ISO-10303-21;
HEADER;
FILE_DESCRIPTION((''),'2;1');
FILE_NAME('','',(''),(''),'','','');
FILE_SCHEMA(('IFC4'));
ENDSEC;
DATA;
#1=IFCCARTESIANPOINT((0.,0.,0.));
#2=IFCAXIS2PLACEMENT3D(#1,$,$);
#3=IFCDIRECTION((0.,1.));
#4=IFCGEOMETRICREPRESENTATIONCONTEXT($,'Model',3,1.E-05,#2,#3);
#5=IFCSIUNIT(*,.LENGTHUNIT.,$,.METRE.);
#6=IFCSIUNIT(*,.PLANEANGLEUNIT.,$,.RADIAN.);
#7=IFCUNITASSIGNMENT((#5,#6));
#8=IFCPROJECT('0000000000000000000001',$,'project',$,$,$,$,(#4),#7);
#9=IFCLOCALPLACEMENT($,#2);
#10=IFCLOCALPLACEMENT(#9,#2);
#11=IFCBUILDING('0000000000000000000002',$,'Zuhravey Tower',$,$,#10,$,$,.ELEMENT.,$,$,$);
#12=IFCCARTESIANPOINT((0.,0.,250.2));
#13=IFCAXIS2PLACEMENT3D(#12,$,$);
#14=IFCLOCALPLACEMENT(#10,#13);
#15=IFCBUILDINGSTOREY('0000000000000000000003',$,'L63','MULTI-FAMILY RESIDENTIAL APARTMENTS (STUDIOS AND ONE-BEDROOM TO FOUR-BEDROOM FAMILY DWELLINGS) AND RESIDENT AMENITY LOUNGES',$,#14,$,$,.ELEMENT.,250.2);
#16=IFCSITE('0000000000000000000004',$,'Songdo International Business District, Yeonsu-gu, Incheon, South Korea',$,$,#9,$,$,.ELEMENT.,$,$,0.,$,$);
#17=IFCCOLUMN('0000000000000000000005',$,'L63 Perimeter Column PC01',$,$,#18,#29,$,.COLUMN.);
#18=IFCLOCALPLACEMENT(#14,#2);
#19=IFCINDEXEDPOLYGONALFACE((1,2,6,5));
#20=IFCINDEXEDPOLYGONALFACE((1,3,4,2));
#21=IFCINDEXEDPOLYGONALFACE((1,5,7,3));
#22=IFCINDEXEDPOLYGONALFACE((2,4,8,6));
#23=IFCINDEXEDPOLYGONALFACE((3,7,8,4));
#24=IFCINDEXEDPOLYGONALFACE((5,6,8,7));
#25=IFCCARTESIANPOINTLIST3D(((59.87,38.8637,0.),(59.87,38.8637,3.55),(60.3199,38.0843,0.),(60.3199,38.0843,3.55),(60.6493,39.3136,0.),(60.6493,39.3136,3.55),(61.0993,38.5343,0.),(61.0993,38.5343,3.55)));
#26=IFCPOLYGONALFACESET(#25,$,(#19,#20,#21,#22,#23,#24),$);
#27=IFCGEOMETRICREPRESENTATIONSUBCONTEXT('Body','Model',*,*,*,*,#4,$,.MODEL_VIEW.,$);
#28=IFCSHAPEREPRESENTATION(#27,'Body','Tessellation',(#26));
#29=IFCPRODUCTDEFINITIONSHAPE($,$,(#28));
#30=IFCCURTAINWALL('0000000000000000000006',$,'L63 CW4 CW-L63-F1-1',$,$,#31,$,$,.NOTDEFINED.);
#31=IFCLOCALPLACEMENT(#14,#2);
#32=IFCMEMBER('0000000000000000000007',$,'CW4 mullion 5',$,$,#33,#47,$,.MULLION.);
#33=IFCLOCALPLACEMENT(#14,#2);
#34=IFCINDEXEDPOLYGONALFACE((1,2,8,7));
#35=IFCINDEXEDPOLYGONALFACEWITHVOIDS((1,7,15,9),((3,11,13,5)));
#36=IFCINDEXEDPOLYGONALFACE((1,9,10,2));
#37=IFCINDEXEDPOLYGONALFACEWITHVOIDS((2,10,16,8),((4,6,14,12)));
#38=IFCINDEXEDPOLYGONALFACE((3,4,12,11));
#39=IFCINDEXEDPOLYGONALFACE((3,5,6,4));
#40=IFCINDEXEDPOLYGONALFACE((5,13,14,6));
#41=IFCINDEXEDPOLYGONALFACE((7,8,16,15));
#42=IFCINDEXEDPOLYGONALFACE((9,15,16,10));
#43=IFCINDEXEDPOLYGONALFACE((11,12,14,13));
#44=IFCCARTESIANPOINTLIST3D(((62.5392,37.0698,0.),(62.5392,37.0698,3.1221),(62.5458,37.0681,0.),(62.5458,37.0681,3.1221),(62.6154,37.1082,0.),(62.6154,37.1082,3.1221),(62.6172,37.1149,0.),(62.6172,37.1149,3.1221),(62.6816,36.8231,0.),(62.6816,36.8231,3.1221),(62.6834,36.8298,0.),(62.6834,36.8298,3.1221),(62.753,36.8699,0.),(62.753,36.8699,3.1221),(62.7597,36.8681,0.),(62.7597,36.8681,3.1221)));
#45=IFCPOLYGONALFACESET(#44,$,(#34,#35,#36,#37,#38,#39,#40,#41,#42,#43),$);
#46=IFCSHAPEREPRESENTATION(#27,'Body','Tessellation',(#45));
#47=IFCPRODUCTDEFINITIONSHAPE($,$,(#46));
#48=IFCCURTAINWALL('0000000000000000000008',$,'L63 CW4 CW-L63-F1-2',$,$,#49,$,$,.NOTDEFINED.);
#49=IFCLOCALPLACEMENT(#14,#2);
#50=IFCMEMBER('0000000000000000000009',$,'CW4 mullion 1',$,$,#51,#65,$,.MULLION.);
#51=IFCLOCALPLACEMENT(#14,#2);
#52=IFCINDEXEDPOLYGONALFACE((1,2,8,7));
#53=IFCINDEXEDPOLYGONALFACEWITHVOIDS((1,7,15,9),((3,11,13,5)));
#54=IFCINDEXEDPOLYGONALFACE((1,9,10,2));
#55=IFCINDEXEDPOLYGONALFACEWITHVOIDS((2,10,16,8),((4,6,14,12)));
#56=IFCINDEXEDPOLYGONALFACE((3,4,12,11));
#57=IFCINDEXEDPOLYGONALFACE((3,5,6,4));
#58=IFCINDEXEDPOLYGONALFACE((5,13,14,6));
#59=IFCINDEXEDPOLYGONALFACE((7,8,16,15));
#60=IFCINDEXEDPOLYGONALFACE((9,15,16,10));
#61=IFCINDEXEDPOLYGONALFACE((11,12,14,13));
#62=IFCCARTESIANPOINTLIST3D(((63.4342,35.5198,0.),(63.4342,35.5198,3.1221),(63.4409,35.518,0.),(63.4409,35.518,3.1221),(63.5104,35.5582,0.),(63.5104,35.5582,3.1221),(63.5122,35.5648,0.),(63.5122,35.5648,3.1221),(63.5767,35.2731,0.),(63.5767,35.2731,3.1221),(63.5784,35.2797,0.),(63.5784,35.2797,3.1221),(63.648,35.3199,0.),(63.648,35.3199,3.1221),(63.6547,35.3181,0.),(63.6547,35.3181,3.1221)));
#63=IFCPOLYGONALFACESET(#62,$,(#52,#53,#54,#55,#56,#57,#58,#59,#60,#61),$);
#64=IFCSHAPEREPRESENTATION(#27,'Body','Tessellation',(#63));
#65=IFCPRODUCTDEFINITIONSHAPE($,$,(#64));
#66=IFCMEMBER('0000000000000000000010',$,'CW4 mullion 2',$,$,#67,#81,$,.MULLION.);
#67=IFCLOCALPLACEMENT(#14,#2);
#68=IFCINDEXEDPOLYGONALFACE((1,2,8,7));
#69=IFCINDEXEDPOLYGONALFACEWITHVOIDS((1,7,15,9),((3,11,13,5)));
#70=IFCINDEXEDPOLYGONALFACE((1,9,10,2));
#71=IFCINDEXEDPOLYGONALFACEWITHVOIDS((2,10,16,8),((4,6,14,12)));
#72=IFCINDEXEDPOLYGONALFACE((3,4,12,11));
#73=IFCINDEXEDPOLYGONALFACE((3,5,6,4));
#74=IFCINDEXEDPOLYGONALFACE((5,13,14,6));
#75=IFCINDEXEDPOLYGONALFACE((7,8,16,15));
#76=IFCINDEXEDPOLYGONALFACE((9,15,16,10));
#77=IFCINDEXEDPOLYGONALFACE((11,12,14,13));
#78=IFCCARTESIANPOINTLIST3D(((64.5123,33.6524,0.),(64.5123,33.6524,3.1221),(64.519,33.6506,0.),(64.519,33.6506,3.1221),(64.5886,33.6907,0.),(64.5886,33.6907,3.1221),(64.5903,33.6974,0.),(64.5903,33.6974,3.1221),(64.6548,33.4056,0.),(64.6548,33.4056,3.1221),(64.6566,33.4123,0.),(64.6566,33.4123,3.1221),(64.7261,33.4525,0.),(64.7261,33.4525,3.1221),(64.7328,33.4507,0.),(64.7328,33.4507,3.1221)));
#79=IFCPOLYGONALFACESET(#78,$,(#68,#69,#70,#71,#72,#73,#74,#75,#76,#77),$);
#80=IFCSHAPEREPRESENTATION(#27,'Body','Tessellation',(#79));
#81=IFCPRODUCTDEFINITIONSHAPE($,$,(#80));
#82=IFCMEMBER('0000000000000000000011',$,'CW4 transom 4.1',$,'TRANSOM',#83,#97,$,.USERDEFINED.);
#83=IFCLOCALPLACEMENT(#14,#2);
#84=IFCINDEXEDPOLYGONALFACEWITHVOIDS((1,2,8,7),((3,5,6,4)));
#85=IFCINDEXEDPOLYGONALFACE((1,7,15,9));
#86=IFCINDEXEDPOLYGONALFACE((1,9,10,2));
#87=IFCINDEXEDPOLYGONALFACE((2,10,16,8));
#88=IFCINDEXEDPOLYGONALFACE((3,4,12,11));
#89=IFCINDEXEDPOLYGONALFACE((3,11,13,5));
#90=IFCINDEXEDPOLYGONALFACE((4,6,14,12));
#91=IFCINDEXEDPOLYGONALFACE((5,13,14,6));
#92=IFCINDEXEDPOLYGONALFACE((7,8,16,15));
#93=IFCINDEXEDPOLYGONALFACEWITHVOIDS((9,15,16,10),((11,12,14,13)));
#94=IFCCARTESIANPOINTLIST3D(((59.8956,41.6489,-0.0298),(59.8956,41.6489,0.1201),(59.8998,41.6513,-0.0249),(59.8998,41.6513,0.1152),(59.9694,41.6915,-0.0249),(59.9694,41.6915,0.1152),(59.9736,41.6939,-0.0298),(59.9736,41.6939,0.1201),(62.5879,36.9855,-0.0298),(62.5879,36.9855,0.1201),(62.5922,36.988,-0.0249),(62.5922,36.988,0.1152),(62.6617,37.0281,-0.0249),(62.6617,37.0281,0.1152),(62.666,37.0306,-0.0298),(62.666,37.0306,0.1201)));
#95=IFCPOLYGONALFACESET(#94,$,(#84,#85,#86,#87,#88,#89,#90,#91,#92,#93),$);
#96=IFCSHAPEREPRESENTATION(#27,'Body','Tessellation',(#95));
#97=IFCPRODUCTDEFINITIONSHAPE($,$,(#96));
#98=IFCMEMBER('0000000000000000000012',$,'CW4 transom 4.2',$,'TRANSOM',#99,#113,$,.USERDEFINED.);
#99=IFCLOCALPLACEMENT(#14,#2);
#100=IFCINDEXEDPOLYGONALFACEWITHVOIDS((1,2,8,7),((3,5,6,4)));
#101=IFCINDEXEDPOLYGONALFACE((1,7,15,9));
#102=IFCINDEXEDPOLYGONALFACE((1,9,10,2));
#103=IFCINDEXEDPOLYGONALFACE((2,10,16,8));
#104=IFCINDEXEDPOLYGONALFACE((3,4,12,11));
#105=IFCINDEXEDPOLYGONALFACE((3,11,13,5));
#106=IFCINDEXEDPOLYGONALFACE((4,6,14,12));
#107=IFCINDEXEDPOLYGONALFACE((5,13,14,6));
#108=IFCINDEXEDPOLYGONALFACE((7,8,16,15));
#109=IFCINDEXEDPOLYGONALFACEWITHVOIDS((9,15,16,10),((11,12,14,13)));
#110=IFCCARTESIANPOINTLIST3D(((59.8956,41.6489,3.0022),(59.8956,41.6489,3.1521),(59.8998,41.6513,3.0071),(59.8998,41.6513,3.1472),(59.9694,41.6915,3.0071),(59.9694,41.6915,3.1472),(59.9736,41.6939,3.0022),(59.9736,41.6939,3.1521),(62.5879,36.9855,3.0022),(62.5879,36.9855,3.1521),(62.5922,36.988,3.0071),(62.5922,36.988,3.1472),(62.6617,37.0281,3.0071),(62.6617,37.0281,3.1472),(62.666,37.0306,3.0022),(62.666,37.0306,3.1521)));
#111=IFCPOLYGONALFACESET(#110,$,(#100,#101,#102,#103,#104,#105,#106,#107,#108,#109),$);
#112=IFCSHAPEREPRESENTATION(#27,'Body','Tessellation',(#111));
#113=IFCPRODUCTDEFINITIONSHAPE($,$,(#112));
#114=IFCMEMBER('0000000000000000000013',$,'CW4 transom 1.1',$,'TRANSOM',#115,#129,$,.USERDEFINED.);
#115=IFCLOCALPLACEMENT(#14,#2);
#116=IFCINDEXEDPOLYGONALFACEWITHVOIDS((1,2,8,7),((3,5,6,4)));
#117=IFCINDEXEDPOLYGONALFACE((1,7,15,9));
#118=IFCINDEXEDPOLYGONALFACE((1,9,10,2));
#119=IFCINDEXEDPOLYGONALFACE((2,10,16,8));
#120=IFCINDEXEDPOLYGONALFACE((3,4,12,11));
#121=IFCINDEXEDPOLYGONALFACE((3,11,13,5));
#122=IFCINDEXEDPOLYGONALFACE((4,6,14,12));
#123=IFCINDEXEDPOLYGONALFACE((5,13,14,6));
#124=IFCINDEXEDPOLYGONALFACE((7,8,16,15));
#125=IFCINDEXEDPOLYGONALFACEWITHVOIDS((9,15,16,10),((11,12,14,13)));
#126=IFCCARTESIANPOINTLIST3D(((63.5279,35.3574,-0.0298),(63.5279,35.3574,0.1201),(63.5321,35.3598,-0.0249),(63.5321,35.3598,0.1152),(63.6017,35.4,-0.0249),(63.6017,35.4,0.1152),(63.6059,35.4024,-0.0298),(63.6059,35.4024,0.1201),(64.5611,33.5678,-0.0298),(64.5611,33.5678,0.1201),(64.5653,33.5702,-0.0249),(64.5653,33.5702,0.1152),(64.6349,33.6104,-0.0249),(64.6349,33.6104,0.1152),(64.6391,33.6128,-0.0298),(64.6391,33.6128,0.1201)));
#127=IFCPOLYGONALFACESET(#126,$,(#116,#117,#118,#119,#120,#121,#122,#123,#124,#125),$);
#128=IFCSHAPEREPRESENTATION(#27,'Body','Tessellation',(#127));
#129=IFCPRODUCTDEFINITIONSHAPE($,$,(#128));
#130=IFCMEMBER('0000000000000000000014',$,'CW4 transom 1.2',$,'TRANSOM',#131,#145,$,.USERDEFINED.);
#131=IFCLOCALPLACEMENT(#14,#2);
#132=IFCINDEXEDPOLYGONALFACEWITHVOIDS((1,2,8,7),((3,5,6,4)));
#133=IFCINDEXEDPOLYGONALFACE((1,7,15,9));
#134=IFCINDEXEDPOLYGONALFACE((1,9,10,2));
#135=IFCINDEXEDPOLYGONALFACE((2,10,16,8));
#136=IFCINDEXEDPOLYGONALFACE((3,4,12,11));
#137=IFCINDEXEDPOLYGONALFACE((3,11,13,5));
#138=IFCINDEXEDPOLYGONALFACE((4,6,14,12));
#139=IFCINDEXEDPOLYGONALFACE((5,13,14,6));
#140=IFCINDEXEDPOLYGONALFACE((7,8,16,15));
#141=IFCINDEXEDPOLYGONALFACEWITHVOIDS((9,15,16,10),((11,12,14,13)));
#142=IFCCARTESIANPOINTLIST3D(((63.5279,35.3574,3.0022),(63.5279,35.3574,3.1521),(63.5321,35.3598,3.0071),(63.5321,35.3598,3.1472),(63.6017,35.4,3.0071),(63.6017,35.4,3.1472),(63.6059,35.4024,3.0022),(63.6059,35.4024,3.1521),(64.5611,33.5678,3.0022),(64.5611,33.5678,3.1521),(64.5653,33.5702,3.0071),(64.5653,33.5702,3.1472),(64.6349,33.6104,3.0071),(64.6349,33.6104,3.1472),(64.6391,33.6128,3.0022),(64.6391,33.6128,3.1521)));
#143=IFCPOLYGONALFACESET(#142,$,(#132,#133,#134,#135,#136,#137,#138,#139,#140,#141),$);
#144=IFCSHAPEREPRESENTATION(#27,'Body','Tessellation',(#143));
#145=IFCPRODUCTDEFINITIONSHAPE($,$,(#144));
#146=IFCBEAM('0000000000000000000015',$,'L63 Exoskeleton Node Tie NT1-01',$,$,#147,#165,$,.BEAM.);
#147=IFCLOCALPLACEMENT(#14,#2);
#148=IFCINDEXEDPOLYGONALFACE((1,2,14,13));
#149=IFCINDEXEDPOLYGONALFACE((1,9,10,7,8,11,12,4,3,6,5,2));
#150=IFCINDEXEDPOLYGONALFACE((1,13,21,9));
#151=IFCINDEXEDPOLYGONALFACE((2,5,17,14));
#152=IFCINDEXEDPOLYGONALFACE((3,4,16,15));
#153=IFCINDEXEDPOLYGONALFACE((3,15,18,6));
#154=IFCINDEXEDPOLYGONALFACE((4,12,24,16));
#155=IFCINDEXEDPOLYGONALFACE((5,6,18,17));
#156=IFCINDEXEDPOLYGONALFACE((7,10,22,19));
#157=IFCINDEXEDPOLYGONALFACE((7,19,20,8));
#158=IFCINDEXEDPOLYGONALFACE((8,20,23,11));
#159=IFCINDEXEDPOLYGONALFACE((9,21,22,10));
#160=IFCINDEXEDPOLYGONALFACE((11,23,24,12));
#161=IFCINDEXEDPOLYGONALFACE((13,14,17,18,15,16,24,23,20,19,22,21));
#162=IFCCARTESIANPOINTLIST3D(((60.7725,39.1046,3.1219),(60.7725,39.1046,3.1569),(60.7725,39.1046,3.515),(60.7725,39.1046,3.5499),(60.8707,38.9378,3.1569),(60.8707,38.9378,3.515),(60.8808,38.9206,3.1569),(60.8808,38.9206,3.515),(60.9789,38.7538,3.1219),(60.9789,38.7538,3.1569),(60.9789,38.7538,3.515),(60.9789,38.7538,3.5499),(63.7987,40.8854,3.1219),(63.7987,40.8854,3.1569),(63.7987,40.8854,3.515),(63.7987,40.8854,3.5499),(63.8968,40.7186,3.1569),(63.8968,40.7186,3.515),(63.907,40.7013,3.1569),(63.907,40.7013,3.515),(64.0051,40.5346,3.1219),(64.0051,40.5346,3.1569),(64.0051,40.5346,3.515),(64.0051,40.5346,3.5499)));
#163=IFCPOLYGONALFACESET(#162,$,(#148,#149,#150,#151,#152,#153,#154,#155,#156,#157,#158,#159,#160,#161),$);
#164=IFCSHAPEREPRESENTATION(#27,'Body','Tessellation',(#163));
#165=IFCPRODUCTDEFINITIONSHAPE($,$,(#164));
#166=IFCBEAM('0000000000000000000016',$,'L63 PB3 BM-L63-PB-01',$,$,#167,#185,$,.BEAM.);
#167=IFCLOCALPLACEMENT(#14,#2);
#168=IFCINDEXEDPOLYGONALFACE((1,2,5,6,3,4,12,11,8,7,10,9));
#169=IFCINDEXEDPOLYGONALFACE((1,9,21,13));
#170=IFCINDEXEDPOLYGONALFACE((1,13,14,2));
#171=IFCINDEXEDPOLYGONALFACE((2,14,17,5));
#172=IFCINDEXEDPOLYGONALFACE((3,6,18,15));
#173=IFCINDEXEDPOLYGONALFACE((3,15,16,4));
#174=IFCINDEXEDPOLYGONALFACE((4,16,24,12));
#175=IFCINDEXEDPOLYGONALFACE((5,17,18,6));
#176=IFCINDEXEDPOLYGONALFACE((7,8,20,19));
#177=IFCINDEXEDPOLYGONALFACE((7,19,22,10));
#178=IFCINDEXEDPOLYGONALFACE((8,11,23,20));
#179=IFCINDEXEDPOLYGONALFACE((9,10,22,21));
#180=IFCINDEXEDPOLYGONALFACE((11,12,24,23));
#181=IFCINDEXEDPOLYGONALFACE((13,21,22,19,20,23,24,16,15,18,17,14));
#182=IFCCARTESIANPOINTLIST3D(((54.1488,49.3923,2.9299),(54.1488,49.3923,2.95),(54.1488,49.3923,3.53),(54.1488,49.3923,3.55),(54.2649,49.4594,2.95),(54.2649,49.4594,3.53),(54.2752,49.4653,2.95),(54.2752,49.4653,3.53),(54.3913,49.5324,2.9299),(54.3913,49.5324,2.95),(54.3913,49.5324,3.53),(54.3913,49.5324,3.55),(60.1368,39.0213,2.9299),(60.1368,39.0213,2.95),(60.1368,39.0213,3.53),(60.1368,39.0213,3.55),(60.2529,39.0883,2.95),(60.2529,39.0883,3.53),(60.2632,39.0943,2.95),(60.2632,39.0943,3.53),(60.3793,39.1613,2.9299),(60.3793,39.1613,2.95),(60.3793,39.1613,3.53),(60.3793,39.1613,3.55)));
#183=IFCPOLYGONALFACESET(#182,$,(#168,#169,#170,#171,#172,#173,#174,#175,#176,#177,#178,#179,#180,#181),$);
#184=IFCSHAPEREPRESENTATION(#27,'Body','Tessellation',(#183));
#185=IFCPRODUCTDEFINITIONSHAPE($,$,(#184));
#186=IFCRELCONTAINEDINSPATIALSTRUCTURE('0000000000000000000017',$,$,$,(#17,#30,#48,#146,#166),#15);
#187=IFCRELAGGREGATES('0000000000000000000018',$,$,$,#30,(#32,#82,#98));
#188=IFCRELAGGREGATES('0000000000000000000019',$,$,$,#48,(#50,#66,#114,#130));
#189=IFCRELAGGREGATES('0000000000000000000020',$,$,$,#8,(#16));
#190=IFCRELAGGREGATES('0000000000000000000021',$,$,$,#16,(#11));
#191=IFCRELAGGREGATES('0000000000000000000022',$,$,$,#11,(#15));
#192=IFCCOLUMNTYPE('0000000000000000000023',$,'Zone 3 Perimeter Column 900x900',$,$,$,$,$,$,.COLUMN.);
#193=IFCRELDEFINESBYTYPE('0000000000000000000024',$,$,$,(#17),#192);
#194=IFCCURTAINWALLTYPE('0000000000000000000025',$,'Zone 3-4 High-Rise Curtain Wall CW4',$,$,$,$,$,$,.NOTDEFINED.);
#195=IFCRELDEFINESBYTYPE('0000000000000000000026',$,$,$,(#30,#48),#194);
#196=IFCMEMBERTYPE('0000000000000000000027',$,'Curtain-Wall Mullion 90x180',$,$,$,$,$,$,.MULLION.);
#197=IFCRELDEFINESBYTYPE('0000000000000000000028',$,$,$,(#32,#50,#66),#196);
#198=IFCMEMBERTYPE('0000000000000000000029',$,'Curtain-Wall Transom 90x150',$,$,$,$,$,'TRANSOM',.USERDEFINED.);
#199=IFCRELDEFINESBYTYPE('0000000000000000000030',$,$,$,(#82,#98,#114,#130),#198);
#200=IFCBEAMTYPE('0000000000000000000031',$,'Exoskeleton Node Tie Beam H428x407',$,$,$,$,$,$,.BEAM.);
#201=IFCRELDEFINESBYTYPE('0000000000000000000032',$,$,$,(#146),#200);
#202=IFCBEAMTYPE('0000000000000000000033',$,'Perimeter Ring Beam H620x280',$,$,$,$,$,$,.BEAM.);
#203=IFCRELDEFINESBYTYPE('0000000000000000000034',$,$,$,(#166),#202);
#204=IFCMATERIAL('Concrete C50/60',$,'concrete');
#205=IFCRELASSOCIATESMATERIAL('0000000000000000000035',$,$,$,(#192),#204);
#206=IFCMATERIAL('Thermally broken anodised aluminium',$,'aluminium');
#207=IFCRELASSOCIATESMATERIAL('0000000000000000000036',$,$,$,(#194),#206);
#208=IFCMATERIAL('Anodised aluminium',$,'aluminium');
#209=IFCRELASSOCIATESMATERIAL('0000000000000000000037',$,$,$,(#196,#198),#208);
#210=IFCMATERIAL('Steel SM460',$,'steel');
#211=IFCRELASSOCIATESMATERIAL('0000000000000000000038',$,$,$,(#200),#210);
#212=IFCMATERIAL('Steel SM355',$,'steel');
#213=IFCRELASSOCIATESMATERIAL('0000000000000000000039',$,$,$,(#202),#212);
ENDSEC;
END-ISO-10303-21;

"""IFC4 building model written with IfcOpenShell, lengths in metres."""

from ifc_helpers import new_model, si_unit, direction, frame, origin, origin_2d, place, context, subcontext, project, spatial, rectangle, hollow_rectangle, i_section, extrude, material, material_profile, profile_set, type_object, element, aggregate, save


model = new_model("IFC4")

# Units and contexts
model_context = context("Model", 3, precision=1e-05, world=origin(), true_north=direction((0.0, 1.0)))
body_context = subcontext(model_context, "Body", "Model", "MODEL_VIEW")
ifc_project = project(units=[si_unit("LENGTHUNIT", "METRE"), si_unit("PLANEANGLEUNIT", "RADIAN")], contexts=[model_context])

# Site, building, storey
site_placement = place(None, origin())
site = spatial("IfcSite", under=ifc_project, at=site_placement, Name="Songdo International Business District, Yeonsu-gu, Incheon, South Korea", CompositionType="ELEMENT", RefElevation=0.0)
building_placement = place(site_placement, origin())
building = spatial("IfcBuilding", under=site, at=building_placement, Name="Zuhravey Tower", CompositionType="ELEMENT")
storey_placement = place(building_placement, frame((0.0, 0.0, 250.2)))
storey = spatial("IfcBuildingStorey", under=building, at=storey_placement, Name="L63", Description="MULTI-FAMILY RESIDENTIAL APARTMENTS (STUDIOS AND ONE-BEDROOM TO FOUR-BEDROOM FAMILY DWELLINGS) AND RESIDENT AMENITY LOUNGES", CompositionType="ELEMENT", Elevation=250.2)

# Column
ifc_material_1 = material(Name="Concrete C50/60", Category="concrete")
ifc_material_profile_1 = material_profile(ifc_material_1, rectangle(XDim=0.8999, YDim=0.8999, at=origin_2d()), Name="RC-900x900")
ifc_profile_set_1 = profile_set([ifc_material_profile_1], Name="Concrete C50/60")
column_type = type_object("IfcColumnType", Name="Zone 3 Perimeter Column 900x900", PredefinedType="COLUMN", material=ifc_profile_set_1)
column_placement = place(storey_placement, frame((60.4846, 38.699, 0.0), z_axis=(0.0, 0.0, 1.0), x_axis=(-0.5, 0.866025, 0.0)))
element("IfcColumn", 1, at=column_placement, inside=storey, type_object=column_type, Name="L63 Perimeter Column PC01", PredefinedType="COLUMN", context=body_context, shape_type="SweptSolid", body=[
    extrude(rectangle(XDim=0.8999, YDim=0.8999, at=origin_2d()), origin(), (0.0, 0.0, 1.0), 3.55),
])

# Curtain wall, member
ifc_material_2 = material(Name="Thermally broken anodised aluminium", Category="aluminium")
curtain_wall_type = type_object("IfcCurtainWallType", Name="Zone 3-4 High-Rise Curtain Wall CW4", PredefinedType="NOTDEFINED", material=ifc_material_2)
curtain_wall_1_placement = place(storey_placement, origin())
curtain_wall_1 = element("IfcCurtainWall", 2, at=curtain_wall_1_placement, inside=storey, type_object=curtain_wall_type, Name="L63 CW4 CW-L63-F1-1", PredefinedType="NOTDEFINED")
ifc_material_3 = material(Name="Anodised aluminium", Category="aluminium")
ifc_material_profile_2 = material_profile(ifc_material_3, hollow_rectangle(XDim=0.0901, YDim=0.2849, WallThickness=0.0049, at=origin_2d()), Name="ALU-RHS-90x285x5")
ifc_profile_set_2 = profile_set([ifc_material_profile_2], Name="Anodised aluminium")
member_type_1 = type_object("IfcMemberType", Name="Curtain-Wall Mullion 90x180", PredefinedType="MULLION", material=ifc_profile_set_2)
member_1_placement = place(storey_placement, frame((62.6494, 36.969, 0.0), z_axis=(0.0, 0.0, 1.0), x_axis=(0.866026, 0.5, 0.0)))
member_1 = element("IfcMember", 3, at=member_1_placement, type_object=member_type_1, Name="CW4 mullion 5", PredefinedType="MULLION", context=body_context, shape_type="SweptSolid", body=[
    extrude(hollow_rectangle(XDim=0.0901, YDim=0.2849, WallThickness=0.0049, at=origin_2d()), origin(), (0.0, 0.0, 1.0), 3.1221),
])

# Curtain wall, members
curtain_wall_2_placement = place(storey_placement, origin())
curtain_wall_2 = element("IfcCurtainWall", 4, at=curtain_wall_2_placement, inside=storey, type_object=curtain_wall_type, Name="L63 CW4 CW-L63-F1-2", PredefinedType="NOTDEFINED")
member_2_placement = place(storey_placement, frame((63.5444, 35.4189, 0.0), z_axis=(0.0, 0.0, 1.0), x_axis=(0.866021, 0.500008, 0.0)))
member_2 = element("IfcMember", 5, at=member_2_placement, type_object=member_type_1, Name="CW4 mullion 1", PredefinedType="MULLION", context=body_context, shape_type="SweptSolid", body=[
    extrude(hollow_rectangle(XDim=0.0901, YDim=0.2849, WallThickness=0.0049, at=origin_2d()), origin(), (0.0, 0.0, 1.0), 3.1221),
])
member_3_placement = place(storey_placement, frame((64.6226, 33.5515, 0.0), z_axis=(0.0, 0.0, 1.0), x_axis=(0.866021, 0.500008, 0.0)))
member_3 = element("IfcMember", 6, at=member_3_placement, type_object=member_type_1, Name="CW4 mullion 2", PredefinedType="MULLION", context=body_context, shape_type="SweptSolid", body=[
    extrude(hollow_rectangle(XDim=0.0901, YDim=0.2849, WallThickness=0.0049, at=origin_2d()), origin(), (0.0, 0.0, 1.0), 3.1221),
])

# Members
ifc_material_profile_3 = material_profile(ifc_material_3, hollow_rectangle(XDim=0.0901, YDim=0.1499, WallThickness=0.0049, at=origin_2d()), Name="ALU-RHS-90x150x5")
ifc_profile_set_3 = profile_set([ifc_material_profile_3], Name="Anodised aluminium")
member_type_2 = type_object("IfcMemberType", Name="Curtain-Wall Transom 90x150", ElementType="TRANSOM", PredefinedType="USERDEFINED", material=ifc_profile_set_3)
member_4_placement = place(storey_placement, frame((59.9346, 41.6714, 0.0452), z_axis=(0.500001, -0.866025, 0.0), x_axis=(0.866025, 0.500001, 0.0)))
member_4 = element("IfcMember", 7, at=member_4_placement, type_object=member_type_2, Name="CW4 transom 4.1", ObjectType="TRANSOM", PredefinedType="USERDEFINED", context=body_context, shape_type="SweptSolid", body=[
    extrude(hollow_rectangle(XDim=0.0901, YDim=0.1499, WallThickness=0.0049, at=origin_2d()), origin(), (0.0, 0.0, 1.0), 5.3848),
])
member_5_placement = place(storey_placement, frame((59.9346, 41.6714, 3.0771), z_axis=(0.500001, -0.866025, 0.0), x_axis=(0.866025, 0.500001, 0.0)))
member_5 = element("IfcMember", 8, at=member_5_placement, type_object=member_type_2, Name="CW4 transom 4.2", ObjectType="TRANSOM", PredefinedType="USERDEFINED", context=body_context, shape_type="SweptSolid", body=[
    extrude(hollow_rectangle(XDim=0.0901, YDim=0.1499, WallThickness=0.0049, at=origin_2d()), origin(), (0.0, 0.0, 1.0), 5.3848),
])
member_6_placement = place(storey_placement, frame((63.5669, 35.3799, 0.0452), z_axis=(0.500002, -0.866024, 0.0), x_axis=(0.866024, 0.500002, 0.0)))
member_6 = element("IfcMember", 9, at=member_6_placement, type_object=member_type_2, Name="CW4 transom 1.1", ObjectType="TRANSOM", PredefinedType="USERDEFINED", context=body_context, shape_type="SweptSolid", body=[
    extrude(hollow_rectangle(XDim=0.0901, YDim=0.1499, WallThickness=0.0049, at=origin_2d()), origin(), (0.0, 0.0, 1.0), 2.0664),
])
member_7_placement = place(storey_placement, frame((63.5669, 35.3799, 3.0771), z_axis=(0.500002, -0.866024, 0.0), x_axis=(0.866024, 0.500002, 0.0)))
member_7 = element("IfcMember", 10, at=member_7_placement, type_object=member_type_2, Name="CW4 transom 1.2", ObjectType="TRANSOM", PredefinedType="USERDEFINED", context=body_context, shape_type="SweptSolid", body=[
    extrude(hollow_rectangle(XDim=0.0901, YDim=0.1499, WallThickness=0.0049, at=origin_2d()), origin(), (0.0, 0.0, 1.0), 2.0664),
])

# Beams
ifc_material_4 = material(Name="Steel SM460", Category="steel")
ifc_material_profile_4 = material_profile(ifc_material_4, i_section(OverallWidth=0.407, OverallDepth=0.428, WebThickness=0.02, FlangeThickness=0.0349, at=origin_2d()), Name="H-428x407x20x35")
ifc_profile_set_4 = profile_set([ifc_material_profile_4], Name="Steel SM460")
beam_type_1 = type_object("IfcBeamType", Name="Exoskeleton Node Tie Beam H428x407", PredefinedType="BEAM", material=ifc_profile_set_4)
beam_1_placement = place(storey_placement, frame((60.8757, 38.9292, 3.3359), z_axis=(0.861848, 0.507166, 0.0), x_axis=(-0.507166, 0.861848, 0.0)))
element("IfcBeam", 11, at=beam_1_placement, inside=storey, type_object=beam_type_1, Name="L63 Exoskeleton Node Tie NT1-01", PredefinedType="BEAM", context=body_context, shape_type="SweptSolid", body=[
    extrude(i_section(OverallWidth=0.407, OverallDepth=0.428, WebThickness=0.02, FlangeThickness=0.0349, at=origin_2d()), origin(), (0.0, 0.0, 1.0), 3.5112),
])
ifc_material_5 = material(Name="Steel SM355", Category="steel")
ifc_material_profile_5 = material_profile(ifc_material_5, i_section(OverallWidth=0.28, OverallDepth=0.6201, WebThickness=0.012, FlangeThickness=0.02, at=origin_2d()), Name="H-620x280x12x20")
ifc_profile_set_5 = profile_set([ifc_material_profile_5], Name="Steel SM355")
beam_type_2 = type_object("IfcBeamType", Name="Perimeter Ring Beam H620x280", PredefinedType="BEAM", material=ifc_profile_set_5)
beam_2_placement = place(storey_placement, frame((60.2581, 39.0913, 3.24), z_axis=(-0.500018, 0.866015, 0.0), x_axis=(-0.866015, -0.500018, 0.0)))
element("IfcBeam", 12, at=beam_2_placement, inside=storey, type_object=beam_type_2, Name="L63 PB3 BM-L63-PB-01", PredefinedType="BEAM", context=body_context, shape_type="SweptSolid", body=[
    extrude(i_section(OverallWidth=0.28, OverallDepth=0.6201, WebThickness=0.012, FlangeThickness=0.02, at=origin_2d()), origin(), (0.0, 0.0, 1.0), 11.9756),
])

aggregate(curtain_wall_1, [member_1, member_4, member_5])
aggregate(curtain_wall_2, [member_2, member_3, member_6, member_7])

save(model, "model.ifc")
